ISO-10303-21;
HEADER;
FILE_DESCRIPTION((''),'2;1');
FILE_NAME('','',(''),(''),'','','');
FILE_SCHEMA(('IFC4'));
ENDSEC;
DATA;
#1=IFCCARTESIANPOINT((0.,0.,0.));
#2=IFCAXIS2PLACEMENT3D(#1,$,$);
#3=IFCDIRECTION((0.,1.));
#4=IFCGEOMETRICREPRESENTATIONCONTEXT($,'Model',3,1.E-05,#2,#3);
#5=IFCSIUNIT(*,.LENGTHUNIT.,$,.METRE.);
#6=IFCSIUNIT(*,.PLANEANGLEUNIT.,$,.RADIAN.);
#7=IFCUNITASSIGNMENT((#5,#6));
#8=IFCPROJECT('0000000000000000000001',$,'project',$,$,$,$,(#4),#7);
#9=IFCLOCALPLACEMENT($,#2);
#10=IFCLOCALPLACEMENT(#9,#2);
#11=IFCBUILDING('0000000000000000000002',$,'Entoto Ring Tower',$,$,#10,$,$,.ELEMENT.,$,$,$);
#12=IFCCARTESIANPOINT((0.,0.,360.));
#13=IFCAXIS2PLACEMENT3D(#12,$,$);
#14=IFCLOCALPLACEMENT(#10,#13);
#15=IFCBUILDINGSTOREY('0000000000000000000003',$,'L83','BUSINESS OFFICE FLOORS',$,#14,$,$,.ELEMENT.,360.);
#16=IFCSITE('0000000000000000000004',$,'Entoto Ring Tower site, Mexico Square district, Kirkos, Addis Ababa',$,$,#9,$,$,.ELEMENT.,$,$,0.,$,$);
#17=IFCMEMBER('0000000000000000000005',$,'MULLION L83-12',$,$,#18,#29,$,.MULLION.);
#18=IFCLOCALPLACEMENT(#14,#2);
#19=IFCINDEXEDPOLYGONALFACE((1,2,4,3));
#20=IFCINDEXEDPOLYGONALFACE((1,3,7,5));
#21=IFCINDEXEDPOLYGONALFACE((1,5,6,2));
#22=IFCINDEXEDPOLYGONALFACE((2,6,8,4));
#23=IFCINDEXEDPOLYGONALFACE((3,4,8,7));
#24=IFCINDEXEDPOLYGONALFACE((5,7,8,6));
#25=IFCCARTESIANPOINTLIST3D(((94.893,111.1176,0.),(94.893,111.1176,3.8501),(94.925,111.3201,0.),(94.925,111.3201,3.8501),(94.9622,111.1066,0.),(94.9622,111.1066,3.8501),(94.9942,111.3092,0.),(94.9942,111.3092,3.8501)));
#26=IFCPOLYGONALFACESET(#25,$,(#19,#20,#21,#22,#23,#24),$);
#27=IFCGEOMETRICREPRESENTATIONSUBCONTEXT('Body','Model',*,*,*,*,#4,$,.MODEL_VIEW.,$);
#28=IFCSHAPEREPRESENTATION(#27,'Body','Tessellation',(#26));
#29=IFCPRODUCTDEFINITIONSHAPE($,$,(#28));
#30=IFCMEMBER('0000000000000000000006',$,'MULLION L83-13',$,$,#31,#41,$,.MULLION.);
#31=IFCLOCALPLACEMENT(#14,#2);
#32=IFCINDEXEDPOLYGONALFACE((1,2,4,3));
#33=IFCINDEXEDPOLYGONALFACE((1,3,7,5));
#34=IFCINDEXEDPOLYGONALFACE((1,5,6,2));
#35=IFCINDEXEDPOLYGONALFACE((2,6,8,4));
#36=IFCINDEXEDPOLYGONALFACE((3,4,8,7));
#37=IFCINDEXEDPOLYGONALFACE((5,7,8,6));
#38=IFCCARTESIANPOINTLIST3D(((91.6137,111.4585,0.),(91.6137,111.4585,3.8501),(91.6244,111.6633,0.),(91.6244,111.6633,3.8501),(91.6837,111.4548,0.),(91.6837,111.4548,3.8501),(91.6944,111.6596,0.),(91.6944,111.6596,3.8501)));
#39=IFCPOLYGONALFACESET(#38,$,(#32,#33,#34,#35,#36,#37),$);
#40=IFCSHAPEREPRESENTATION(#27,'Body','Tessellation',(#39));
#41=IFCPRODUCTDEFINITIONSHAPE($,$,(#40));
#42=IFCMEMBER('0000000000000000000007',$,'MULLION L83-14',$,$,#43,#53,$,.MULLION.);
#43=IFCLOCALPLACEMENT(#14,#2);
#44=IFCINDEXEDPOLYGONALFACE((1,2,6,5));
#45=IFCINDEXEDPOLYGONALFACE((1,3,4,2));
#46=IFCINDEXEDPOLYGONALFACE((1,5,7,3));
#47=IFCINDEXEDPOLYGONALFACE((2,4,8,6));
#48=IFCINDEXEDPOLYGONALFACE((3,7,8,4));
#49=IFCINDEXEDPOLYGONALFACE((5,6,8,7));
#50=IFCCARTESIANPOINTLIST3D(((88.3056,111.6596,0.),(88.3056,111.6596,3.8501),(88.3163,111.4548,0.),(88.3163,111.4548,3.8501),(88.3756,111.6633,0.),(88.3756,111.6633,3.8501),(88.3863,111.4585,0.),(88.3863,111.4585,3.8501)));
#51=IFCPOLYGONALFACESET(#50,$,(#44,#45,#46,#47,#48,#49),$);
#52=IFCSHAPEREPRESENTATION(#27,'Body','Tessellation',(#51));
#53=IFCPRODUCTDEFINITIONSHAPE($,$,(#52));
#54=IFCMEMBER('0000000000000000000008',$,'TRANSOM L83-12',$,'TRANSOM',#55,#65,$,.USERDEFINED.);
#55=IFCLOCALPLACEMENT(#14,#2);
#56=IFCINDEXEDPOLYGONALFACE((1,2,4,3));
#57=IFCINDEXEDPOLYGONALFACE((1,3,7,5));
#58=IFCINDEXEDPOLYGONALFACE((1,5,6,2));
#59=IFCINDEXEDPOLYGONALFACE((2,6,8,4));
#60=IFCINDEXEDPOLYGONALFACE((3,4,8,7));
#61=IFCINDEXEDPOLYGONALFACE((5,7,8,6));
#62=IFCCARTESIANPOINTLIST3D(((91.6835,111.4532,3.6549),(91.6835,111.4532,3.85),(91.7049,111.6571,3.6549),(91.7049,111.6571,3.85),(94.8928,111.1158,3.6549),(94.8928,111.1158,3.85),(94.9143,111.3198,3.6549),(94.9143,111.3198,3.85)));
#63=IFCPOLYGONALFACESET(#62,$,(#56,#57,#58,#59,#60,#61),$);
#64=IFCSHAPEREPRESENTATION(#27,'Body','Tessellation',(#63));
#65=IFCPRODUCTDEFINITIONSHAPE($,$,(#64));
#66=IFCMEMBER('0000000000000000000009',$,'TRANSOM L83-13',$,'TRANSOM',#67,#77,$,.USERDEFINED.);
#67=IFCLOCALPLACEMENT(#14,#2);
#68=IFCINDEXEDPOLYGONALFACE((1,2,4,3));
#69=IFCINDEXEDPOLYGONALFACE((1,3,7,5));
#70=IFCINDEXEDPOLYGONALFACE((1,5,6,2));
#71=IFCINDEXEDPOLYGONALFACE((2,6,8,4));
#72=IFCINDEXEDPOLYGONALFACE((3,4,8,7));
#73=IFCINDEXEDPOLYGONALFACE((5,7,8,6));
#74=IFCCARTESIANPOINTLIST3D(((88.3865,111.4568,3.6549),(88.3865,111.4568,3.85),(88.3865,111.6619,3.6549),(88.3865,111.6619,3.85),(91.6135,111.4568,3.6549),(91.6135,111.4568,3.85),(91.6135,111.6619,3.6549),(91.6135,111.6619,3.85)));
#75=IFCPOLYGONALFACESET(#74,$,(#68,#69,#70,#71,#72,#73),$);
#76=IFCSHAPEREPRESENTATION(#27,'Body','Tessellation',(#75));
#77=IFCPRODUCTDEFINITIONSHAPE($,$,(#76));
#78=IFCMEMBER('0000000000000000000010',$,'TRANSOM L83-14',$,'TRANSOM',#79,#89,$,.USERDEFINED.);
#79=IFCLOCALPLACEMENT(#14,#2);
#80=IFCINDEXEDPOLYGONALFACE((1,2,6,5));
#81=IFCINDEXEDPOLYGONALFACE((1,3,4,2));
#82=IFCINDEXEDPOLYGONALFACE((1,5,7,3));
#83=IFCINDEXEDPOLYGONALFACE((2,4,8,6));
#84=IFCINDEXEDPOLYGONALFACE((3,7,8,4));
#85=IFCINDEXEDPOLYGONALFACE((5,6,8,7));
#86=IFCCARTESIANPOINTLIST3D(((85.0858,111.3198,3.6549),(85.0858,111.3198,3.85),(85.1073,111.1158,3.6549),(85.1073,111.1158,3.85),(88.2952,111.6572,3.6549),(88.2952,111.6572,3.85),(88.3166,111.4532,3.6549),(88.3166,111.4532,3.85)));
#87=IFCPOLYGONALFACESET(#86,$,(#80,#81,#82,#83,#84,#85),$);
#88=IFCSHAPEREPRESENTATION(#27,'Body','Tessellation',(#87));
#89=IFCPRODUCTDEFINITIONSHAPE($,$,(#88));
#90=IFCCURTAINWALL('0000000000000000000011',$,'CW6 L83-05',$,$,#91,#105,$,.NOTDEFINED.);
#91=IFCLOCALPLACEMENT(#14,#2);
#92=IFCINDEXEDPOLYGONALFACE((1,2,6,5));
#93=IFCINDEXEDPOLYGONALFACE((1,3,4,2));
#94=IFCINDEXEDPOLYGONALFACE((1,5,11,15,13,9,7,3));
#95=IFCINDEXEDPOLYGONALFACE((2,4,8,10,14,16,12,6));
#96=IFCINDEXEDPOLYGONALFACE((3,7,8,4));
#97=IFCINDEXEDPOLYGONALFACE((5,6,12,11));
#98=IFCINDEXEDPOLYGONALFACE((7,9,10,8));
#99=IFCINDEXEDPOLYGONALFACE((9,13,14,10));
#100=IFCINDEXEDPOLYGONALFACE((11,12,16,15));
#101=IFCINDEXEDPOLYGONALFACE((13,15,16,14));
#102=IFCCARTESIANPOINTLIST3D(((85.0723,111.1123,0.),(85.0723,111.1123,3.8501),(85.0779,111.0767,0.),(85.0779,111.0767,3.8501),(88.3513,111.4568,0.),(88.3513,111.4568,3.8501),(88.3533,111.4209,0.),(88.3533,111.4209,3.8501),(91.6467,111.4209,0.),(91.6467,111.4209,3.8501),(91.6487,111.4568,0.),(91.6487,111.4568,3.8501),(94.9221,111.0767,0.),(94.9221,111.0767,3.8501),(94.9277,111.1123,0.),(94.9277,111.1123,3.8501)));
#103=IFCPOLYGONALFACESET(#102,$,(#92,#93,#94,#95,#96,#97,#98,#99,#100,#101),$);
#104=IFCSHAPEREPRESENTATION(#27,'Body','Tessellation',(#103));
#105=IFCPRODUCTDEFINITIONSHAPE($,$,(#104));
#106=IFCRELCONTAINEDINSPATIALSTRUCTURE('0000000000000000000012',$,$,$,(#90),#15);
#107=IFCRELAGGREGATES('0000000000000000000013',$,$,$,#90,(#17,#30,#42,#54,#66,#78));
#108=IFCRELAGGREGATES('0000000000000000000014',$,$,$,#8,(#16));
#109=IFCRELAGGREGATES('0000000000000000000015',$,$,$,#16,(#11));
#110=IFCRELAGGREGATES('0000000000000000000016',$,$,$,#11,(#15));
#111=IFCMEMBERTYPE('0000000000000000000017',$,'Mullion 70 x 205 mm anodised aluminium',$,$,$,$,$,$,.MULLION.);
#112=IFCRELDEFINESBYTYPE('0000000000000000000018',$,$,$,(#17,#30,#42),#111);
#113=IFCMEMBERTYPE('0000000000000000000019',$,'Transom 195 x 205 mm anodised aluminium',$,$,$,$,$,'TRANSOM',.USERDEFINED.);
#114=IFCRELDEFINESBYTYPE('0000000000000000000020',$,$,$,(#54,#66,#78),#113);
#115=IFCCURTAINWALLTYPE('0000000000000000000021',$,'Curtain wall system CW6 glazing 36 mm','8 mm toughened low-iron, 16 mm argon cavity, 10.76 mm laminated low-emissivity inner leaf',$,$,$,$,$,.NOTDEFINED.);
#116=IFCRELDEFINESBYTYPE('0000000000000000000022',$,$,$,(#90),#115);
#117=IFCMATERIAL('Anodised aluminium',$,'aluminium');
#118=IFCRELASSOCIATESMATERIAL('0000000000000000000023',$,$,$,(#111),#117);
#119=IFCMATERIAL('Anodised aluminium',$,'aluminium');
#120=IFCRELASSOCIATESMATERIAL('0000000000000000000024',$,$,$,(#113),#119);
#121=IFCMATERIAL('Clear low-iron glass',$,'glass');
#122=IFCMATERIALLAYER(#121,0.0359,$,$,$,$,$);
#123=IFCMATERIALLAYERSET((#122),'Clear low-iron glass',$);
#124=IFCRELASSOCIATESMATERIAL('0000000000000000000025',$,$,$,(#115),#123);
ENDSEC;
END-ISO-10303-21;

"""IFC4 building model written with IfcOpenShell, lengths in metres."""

from ifc_helpers import new_model, si_unit, direction, frame, origin, origin_2d, place, context, subcontext, project, spatial, polyline, rectangle, outline, extrude, material, layer, layer_set, material_profile, profile_set, type_object, element, aggregate, save


model = new_model("IFC4")

# Units and contexts
model_context = context("Model", 3, precision=1e-05, world=origin(), true_north=direction((0.0, 1.0)))
body_context = subcontext(model_context, "Body", "Model", "MODEL_VIEW")
ifc_project = project(units=[si_unit("LENGTHUNIT", "METRE"), si_unit("PLANEANGLEUNIT", "RADIAN")], contexts=[model_context])

# Members
ifc_material_1 = material(Name="Anodised aluminium", Category="aluminium")
ifc_material_profile_1 = material_profile(ifc_material_1, rectangle(XDim=0.0701, YDim=0.2051, at=origin_2d()), Name="Mullion 70 x 205 mm anodised aluminium")
ifc_profile_set_1 = profile_set([ifc_material_profile_1], Name="Anodised aluminium")
member_type_1 = type_object("IfcMemberType", Name="Mullion 70 x 205 mm anodised aluminium", PredefinedType="MULLION", material=ifc_profile_set_1)
site_placement = place(None, origin())
building_placement = place(site_placement, origin())
storey_placement = place(building_placement, frame((0.0, 0.0, 360.0)))
member_1_placement = place(storey_placement, frame((94.9436, 111.2134, 0.0), z_axis=(0.0, 0.0, 1.0), x_axis=(-0.987688, 0.156434, 0.0)))
member_1 = element("IfcMember", 1, at=member_1_placement, type_object=member_type_1, Name="MULLION L83-12", PredefinedType="MULLION", context=body_context, shape_type="SweptSolid", body=[
    extrude(rectangle(XDim=0.0701, YDim=0.2051, at=origin_2d()), origin(), (0.0, 0.0, 1.0), 3.8501),
])
member_2_placement = place(storey_placement, frame((91.6541, 111.5591, 0.0), z_axis=(0.0, 0.0, 1.0), x_axis=(-0.99863, 0.052336, 0.0)))
member_2 = element("IfcMember", 2, at=member_2_placement, type_object=member_type_1, Name="MULLION L83-13", PredefinedType="MULLION", context=body_context, shape_type="SweptSolid", body=[
    extrude(rectangle(XDim=0.0701, YDim=0.2051, at=origin_2d()), origin(), (0.0, 0.0, 1.0), 3.8501),
])
member_3_placement = place(storey_placement, frame((88.3459, 111.5591, 0.0), z_axis=(0.0, 0.0, 1.0), x_axis=(-0.99863, -0.052336, 0.0)))
member_3 = element("IfcMember", 3, at=member_3_placement, type_object=member_type_1, Name="MULLION L83-14", PredefinedType="MULLION", context=body_context, shape_type="SweptSolid", body=[
    extrude(rectangle(XDim=0.0701, YDim=0.2051, at=origin_2d()), origin(), (0.0, 0.0, 1.0), 3.8501),
])
ifc_material_2 = material(Name="Anodised aluminium", Category="aluminium")
ifc_material_profile_2 = material_profile(ifc_material_2, rectangle(XDim=0.2051, YDim=0.1951, at=origin_2d()), Name="Transom 195 x 205 mm anodised aluminium")
ifc_profile_set_2 = profile_set([ifc_material_profile_2], Name="Anodised aluminium")
member_type_2 = type_object("IfcMemberType", Name="Transom 195 x 205 mm anodised aluminium", ElementType="TRANSOM", PredefinedType="USERDEFINED", material=ifc_profile_set_2)
member_4_placement = place(storey_placement, frame((94.9036, 111.2178, 3.7524), z_axis=(-0.99452, 0.104551, 0.0), x_axis=(-0.104551, -0.99452, 0.0)))
member_4 = element("IfcMember", 4, at=member_4_placement, type_object=member_type_2, Name="TRANSOM L83-12", ObjectType="TRANSOM", PredefinedType="USERDEFINED", context=body_context, shape_type="SweptSolid", body=[
    extrude(rectangle(XDim=0.2051, YDim=0.1951, at=origin_2d()), origin(), (0.0, 0.0, 1.0), 3.2271),
])
member_5_placement = place(storey_placement, frame((91.6135, 111.5593, 3.7524), z_axis=(-1.0, 0.0, 0.0), x_axis=(0.0, -1.0, 0.0)))
member_5 = element("IfcMember", 5, at=member_5_placement, type_object=member_type_2, Name="TRANSOM L83-13", ObjectType="TRANSOM", PredefinedType="USERDEFINED", context=body_context, shape_type="SweptSolid", body=[
    extrude(rectangle(XDim=0.2051, YDim=0.1951, at=origin_2d()), origin(), (0.0, 0.0, 1.0), 3.2271),
])
member_6_placement = place(storey_placement, frame((88.3059, 111.5552, 3.7524), z_axis=(-0.99452, -0.104551, 0.0), x_axis=(0.104551, -0.99452, 0.0)))
member_6 = element("IfcMember", 6, at=member_6_placement, type_object=member_type_2, Name="TRANSOM L83-14", ObjectType="TRANSOM", PredefinedType="USERDEFINED", context=body_context, shape_type="SweptSolid", body=[
    extrude(rectangle(XDim=0.2051, YDim=0.1951, at=origin_2d()), origin(), (0.0, 0.0, 1.0), 3.2271),
])

# Site, building, storey
site = spatial("IfcSite", under=ifc_project, at=site_placement, Name="Entoto Ring Tower site, Mexico Square district, Kirkos, Addis Ababa", CompositionType="ELEMENT", RefElevation=0.0)
building = spatial("IfcBuilding", under=site, at=building_placement, Name="Entoto Ring Tower", CompositionType="ELEMENT")
storey = spatial("IfcBuildingStorey", under=building, at=storey_placement, Name="L83", Description="BUSINESS OFFICE FLOORS", CompositionType="ELEMENT", Elevation=360.0)

# Curtain wall
ifc_material_3 = material(Name="Clear low-iron glass", Category="glass")
ifc_layer = layer(ifc_material_3, 0.0359)
ifc_layer_set = layer_set([ifc_layer], Name="Clear low-iron glass")
curtain_wall_type = type_object("IfcCurtainWallType", Name="Curtain wall system CW6 glazing 36 mm", Description="8 mm toughened low-iron, 16 mm argon cavity, 10.76 mm laminated low-emissivity inner leaf", PredefinedType="NOTDEFINED", material=ifc_layer_set)
curtain_wall_1_placement = place(storey_placement, origin())
curtain_wall_1 = element("IfcCurtainWall", 7, at=curtain_wall_1_placement, inside=storey, type_object=curtain_wall_type, Name="CW6 L83-05", PredefinedType="NOTDEFINED", context=body_context, shape_type="SweptSolid", body=[
    extrude(outline(polyline([(94.9277, 111.1123), (91.6487, 111.4568), (88.3513, 111.4568), (85.0723, 111.1123), (85.0779, 111.0767), (88.3533, 111.4209), (91.6467, 111.4209), (94.9221, 111.0767), (94.9277, 111.1123)])), origin(), (0.0, 0.0, 1.0), 3.8501),
])
aggregate(curtain_wall_1, [member_1, member_2, member_3, member_4, member_5, member_6])

save(model, "model.ifc")
